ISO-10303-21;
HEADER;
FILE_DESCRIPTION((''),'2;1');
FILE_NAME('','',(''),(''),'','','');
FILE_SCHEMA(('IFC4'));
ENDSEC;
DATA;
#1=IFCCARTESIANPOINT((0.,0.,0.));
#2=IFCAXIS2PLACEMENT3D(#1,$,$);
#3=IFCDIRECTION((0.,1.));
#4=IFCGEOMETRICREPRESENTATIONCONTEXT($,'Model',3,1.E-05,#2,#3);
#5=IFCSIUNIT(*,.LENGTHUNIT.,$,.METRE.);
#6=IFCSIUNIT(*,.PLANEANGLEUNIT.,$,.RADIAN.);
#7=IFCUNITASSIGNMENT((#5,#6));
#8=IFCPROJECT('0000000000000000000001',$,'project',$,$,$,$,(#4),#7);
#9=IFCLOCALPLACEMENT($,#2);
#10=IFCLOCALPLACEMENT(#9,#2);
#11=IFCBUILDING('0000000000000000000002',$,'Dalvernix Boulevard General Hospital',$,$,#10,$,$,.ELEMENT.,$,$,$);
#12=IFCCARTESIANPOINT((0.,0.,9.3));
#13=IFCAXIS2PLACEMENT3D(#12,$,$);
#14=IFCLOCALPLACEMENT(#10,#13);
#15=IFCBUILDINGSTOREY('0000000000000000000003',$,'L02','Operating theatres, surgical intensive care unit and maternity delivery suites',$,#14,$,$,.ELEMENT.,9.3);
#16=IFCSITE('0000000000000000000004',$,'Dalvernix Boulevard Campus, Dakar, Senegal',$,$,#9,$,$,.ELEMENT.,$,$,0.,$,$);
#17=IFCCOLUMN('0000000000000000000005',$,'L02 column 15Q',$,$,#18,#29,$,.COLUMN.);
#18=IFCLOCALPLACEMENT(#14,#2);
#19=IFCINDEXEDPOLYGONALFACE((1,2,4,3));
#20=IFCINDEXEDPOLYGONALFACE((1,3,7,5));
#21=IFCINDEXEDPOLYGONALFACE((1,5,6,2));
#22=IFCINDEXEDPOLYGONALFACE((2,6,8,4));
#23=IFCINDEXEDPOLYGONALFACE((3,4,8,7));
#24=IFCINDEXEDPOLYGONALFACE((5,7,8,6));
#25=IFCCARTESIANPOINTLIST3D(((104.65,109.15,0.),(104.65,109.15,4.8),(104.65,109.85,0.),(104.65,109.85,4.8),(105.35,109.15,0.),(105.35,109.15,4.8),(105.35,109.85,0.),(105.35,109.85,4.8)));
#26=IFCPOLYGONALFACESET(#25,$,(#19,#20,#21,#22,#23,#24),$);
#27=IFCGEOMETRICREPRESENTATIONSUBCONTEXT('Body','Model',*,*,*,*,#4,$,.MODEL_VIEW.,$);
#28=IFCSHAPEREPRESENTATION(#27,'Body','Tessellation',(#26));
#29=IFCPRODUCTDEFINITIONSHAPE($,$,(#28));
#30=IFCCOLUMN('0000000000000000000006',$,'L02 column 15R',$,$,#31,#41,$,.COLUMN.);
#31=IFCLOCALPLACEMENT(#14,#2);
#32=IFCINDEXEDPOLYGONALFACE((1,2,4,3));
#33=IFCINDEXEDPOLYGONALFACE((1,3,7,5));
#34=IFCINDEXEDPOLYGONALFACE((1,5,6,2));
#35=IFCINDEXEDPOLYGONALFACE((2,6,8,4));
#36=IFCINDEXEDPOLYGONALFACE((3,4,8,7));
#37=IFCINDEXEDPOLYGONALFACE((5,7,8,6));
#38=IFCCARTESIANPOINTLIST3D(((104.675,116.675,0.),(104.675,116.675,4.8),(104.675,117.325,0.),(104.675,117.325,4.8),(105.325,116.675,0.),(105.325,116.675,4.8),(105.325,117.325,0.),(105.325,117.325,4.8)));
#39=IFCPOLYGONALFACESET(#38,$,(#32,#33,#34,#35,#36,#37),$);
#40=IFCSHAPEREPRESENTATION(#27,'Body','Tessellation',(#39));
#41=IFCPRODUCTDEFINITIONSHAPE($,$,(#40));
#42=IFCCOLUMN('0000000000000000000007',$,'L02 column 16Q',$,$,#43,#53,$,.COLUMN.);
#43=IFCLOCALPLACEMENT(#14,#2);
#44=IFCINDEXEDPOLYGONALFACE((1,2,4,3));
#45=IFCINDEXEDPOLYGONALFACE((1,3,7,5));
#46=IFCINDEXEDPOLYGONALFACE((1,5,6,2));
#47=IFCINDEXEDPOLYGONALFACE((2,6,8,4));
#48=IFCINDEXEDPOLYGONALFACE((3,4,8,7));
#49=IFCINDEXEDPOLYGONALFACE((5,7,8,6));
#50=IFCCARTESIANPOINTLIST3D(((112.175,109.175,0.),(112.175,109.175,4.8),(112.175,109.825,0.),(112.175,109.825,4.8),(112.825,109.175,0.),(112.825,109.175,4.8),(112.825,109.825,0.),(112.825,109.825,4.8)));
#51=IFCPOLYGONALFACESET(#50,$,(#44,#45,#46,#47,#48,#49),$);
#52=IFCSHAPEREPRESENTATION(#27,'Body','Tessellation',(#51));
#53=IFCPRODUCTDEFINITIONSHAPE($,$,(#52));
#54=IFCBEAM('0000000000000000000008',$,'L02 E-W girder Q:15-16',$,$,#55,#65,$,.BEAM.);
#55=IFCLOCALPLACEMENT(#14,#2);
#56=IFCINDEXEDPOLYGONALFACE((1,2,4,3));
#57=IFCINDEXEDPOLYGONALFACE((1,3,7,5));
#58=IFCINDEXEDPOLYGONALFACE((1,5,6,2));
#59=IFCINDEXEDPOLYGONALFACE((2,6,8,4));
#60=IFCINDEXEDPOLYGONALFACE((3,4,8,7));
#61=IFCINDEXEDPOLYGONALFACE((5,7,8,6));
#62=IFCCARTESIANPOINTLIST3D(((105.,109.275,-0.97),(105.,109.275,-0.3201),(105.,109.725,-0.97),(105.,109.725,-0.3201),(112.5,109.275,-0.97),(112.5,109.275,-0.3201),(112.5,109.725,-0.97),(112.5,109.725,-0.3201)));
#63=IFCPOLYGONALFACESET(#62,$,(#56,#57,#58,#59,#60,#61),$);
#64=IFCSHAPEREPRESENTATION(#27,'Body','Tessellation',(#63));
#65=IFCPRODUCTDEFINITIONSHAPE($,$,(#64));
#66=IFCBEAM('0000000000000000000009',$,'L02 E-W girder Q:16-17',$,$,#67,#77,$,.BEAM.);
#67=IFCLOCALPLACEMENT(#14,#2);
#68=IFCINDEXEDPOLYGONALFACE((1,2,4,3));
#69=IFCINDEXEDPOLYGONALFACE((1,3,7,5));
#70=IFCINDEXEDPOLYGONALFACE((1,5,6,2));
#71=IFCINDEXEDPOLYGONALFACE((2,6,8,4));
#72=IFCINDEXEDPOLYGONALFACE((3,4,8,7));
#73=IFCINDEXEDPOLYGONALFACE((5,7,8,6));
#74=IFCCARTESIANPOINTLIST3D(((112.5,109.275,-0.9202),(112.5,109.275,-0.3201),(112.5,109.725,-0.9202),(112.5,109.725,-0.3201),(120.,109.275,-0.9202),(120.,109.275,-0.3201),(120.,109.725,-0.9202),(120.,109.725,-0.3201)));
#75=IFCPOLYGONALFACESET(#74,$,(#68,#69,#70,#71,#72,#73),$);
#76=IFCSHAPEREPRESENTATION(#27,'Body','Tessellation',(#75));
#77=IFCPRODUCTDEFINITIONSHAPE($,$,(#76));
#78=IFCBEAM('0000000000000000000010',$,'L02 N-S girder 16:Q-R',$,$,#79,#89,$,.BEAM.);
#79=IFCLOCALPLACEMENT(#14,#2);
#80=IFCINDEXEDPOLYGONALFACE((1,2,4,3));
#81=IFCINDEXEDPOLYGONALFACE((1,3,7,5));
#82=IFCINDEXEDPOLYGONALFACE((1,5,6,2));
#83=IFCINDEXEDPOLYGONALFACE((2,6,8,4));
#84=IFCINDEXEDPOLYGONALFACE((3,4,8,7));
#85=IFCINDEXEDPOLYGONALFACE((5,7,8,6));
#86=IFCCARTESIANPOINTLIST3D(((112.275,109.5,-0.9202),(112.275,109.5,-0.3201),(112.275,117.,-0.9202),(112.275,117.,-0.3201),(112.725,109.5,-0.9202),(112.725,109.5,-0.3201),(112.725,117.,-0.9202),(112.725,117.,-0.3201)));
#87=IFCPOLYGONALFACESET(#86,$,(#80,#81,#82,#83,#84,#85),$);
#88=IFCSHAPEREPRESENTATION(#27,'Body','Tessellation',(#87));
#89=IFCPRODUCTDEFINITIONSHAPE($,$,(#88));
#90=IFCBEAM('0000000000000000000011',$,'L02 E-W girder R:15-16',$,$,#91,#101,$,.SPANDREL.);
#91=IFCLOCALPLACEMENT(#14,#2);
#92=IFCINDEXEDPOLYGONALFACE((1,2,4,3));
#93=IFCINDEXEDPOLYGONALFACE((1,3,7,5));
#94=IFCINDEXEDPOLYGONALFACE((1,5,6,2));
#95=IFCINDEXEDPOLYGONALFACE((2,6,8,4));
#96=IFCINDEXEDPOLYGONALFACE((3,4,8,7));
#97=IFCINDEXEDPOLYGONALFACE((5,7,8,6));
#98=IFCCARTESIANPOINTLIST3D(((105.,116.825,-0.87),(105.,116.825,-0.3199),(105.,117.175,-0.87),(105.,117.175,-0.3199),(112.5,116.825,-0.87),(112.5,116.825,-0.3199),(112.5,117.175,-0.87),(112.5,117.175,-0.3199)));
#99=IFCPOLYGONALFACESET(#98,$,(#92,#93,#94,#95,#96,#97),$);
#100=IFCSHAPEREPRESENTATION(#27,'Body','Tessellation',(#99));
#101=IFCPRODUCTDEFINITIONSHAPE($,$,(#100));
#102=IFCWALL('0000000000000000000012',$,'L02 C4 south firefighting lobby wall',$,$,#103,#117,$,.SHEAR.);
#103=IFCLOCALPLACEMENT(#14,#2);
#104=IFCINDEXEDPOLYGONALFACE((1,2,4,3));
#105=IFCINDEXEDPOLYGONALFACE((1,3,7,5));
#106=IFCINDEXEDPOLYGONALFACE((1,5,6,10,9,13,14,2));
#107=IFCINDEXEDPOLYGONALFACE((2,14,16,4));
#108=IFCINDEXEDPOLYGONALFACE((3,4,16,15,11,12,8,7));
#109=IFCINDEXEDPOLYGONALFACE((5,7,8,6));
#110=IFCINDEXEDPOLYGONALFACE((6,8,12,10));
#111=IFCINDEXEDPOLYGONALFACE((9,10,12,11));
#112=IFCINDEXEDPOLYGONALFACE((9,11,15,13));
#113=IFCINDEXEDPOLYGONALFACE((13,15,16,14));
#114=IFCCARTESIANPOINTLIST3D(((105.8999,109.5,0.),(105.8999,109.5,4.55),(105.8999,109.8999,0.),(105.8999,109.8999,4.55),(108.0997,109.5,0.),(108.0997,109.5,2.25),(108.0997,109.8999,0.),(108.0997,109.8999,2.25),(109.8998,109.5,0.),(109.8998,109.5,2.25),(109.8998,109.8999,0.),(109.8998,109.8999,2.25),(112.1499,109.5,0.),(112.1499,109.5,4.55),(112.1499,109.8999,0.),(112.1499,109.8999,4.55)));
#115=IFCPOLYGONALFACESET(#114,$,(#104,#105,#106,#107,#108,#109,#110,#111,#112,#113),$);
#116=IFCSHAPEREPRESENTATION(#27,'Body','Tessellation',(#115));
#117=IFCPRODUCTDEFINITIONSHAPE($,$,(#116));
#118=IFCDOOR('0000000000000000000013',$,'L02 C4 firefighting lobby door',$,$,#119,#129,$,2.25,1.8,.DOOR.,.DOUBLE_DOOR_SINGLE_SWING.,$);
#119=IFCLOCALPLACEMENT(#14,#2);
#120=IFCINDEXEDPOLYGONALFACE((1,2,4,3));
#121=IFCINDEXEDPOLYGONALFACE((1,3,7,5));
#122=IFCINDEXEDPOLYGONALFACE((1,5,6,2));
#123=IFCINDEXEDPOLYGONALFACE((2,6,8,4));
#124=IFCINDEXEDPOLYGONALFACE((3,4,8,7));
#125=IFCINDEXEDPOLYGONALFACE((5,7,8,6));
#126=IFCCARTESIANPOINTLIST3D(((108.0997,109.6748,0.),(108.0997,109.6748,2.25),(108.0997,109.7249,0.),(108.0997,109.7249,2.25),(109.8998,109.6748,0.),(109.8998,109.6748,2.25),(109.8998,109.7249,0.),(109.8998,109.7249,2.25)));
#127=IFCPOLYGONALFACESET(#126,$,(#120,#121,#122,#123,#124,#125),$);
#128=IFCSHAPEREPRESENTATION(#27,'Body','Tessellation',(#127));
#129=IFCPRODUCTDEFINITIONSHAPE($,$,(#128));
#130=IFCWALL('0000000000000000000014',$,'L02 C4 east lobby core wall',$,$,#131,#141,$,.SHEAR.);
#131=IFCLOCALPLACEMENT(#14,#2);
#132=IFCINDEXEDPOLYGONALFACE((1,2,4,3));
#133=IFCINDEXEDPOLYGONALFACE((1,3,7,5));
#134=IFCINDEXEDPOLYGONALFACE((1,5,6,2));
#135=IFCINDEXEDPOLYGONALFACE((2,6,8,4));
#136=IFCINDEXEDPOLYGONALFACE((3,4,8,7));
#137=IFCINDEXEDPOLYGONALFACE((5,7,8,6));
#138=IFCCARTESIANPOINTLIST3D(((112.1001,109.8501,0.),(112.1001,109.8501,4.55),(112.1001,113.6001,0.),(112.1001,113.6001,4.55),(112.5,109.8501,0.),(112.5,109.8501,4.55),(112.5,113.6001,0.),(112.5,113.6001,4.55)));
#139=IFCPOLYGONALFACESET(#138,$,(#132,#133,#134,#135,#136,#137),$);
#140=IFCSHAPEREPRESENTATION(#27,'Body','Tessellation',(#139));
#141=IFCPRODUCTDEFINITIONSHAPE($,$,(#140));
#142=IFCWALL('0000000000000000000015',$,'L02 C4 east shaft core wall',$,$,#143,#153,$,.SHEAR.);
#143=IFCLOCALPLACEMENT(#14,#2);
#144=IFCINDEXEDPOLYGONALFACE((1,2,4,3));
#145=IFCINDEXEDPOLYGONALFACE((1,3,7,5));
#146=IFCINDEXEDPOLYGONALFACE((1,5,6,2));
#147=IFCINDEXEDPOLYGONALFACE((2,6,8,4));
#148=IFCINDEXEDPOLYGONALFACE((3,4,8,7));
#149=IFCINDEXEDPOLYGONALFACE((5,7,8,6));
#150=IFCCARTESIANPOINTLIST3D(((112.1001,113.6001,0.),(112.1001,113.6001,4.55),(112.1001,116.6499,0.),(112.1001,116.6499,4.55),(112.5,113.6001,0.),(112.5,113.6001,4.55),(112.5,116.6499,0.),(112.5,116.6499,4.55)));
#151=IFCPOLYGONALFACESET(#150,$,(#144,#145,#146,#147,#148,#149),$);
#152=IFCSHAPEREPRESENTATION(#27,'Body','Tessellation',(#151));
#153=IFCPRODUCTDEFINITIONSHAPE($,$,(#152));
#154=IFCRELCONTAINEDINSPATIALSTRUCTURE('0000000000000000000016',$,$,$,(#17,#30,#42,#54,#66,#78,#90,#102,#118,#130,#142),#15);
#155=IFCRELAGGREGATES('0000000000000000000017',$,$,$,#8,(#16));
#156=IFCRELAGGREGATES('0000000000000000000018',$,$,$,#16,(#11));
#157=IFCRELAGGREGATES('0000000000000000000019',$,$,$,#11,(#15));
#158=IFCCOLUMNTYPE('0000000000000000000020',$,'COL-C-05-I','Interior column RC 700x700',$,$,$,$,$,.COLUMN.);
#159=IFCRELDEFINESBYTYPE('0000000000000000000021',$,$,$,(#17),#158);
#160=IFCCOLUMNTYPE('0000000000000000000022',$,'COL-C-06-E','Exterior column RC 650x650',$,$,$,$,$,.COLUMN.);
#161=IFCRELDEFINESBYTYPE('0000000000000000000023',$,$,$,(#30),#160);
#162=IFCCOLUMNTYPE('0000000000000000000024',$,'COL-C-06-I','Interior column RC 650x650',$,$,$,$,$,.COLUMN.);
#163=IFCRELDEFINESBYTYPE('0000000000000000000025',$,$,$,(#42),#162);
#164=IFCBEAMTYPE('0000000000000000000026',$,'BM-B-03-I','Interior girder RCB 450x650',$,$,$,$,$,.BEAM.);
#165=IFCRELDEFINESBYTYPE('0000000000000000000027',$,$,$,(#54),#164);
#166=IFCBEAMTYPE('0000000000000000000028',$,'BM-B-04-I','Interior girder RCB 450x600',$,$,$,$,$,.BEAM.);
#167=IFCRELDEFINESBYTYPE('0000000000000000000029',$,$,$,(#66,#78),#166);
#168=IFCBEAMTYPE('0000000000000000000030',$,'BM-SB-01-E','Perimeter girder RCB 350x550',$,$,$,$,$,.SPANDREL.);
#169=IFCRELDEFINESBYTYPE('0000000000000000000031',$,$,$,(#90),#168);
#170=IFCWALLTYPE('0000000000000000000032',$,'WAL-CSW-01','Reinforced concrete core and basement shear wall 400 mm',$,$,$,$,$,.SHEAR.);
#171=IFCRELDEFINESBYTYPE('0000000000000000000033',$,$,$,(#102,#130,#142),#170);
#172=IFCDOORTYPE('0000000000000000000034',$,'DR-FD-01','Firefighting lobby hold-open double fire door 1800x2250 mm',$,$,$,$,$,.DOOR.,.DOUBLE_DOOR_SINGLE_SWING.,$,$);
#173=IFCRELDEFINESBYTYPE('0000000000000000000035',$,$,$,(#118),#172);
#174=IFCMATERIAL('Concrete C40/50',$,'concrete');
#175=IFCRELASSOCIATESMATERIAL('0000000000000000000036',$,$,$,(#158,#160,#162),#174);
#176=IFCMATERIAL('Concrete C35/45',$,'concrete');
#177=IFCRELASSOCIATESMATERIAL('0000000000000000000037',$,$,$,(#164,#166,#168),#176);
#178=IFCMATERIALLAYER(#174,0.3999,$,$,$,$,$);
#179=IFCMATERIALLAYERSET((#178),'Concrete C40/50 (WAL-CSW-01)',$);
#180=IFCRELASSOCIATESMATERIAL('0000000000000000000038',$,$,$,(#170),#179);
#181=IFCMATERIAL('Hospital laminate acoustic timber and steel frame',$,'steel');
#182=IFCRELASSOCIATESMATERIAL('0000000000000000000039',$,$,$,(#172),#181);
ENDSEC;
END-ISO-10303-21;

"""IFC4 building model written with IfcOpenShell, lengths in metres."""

from ifc_helpers import new_model, si_unit, direction, frame, frame_2d, origin, origin_2d, place, context, subcontext, project, spatial, rectangle, extrude, material, layer, layer_set, material_profile, profile_set, type_object, element, fill, save


model = new_model("IFC4")

# Units and contexts
model_context = context("Model", 3, precision=1e-05, world=origin(), true_north=direction((0.0, 1.0)))
body_context = subcontext(model_context, "Body", "Model", "MODEL_VIEW")
ifc_project = project(units=[si_unit("LENGTHUNIT", "METRE"), si_unit("PLANEANGLEUNIT", "RADIAN")], contexts=[model_context])

# Site, building, storey
site_placement = place(None, origin())
site = spatial("IfcSite", under=ifc_project, at=site_placement, Name="Dalvernix Boulevard Campus, Dakar, Senegal", CompositionType="ELEMENT", RefElevation=0.0)
building_placement = place(site_placement, origin())
building = spatial("IfcBuilding", under=site, at=building_placement, Name="Dalvernix Boulevard General Hospital", CompositionType="ELEMENT")
storey_placement = place(building_placement, frame((0.0, 0.0, 9.3)))
storey = spatial("IfcBuildingStorey", under=building, at=storey_placement, Name="L02", Description="Operating theatres, surgical intensive care unit and maternity delivery suites", CompositionType="ELEMENT", Elevation=9.3)

# Columns
ifc_material_1 = material(Name="Concrete C40/50", Category="concrete")
ifc_material_profile_1 = material_profile(ifc_material_1, rectangle(XDim=0.7, YDim=0.7, at=origin_2d()), Name="RC 700x700")
ifc_profile_set_1 = profile_set([ifc_material_profile_1], Name="Concrete C40/50")
column_type_1 = type_object("IfcColumnType", Name="COL-C-05-I", Description="Interior column RC 700x700", PredefinedType="COLUMN", material=ifc_profile_set_1)
column_1_placement = place(storey_placement, frame((105.0, 109.5, 0.0), z_axis=(0.0, 0.0, 1.0), x_axis=(1.0, 0.0, 0.0)))
element("IfcColumn", 1, at=column_1_placement, inside=storey, type_object=column_type_1, Name="L02 column 15Q", PredefinedType="COLUMN", context=body_context, shape_type="SweptSolid", body=[
    extrude(rectangle(XDim=0.7, YDim=0.7, at=origin_2d()), origin(), (0.0, 0.0, 1.0), 4.8),
])
ifc_material_profile_2 = material_profile(ifc_material_1, rectangle(XDim=0.6499, YDim=0.6499, at=origin_2d()), Name="RC 650x650")
ifc_profile_set_2 = profile_set([ifc_material_profile_2], Name="Concrete C40/50")
column_type_2 = type_object("IfcColumnType", Name="COL-C-06-E", Description="Exterior column RC 650x650", PredefinedType="COLUMN", material=ifc_profile_set_2)
column_2_placement = place(storey_placement, frame((105.0, 117.0, 0.0), z_axis=(0.0, 0.0, 1.0), x_axis=(1.0, 0.0, 0.0)))
element("IfcColumn", 2, at=column_2_placement, inside=storey, type_object=column_type_2, Name="L02 column 15R", PredefinedType="COLUMN", context=body_context, shape_type="SweptSolid", body=[
    extrude(rectangle(XDim=0.6499, YDim=0.6499, at=origin_2d()), origin(), (0.0, 0.0, 1.0), 4.8),
])
ifc_material_profile_3 = material_profile(ifc_material_1, rectangle(XDim=0.6499, YDim=0.6499, at=origin_2d()), Name="RC 650x650")
ifc_profile_set_3 = profile_set([ifc_material_profile_3], Name="Concrete C40/50")
column_type_3 = type_object("IfcColumnType", Name="COL-C-06-I", Description="Interior column RC 650x650", PredefinedType="COLUMN", material=ifc_profile_set_3)
column_3_placement = place(storey_placement, frame((112.5, 109.5, 0.0), z_axis=(0.0, 0.0, 1.0), x_axis=(1.0, 0.0, 0.0)))
element("IfcColumn", 3, at=column_3_placement, inside=storey, type_object=column_type_3, Name="L02 column 16Q", PredefinedType="COLUMN", context=body_context, shape_type="SweptSolid", body=[
    extrude(rectangle(XDim=0.6499, YDim=0.6499, at=origin_2d()), origin(), (0.0, 0.0, 1.0), 4.8),
])

# Beams
ifc_material_2 = material(Name="Concrete C35/45", Category="concrete")
ifc_material_profile_4 = material_profile(ifc_material_2, rectangle(XDim=0.45, YDim=0.6499, at=origin_2d()), Name="RCB 450x650")
ifc_profile_set_4 = profile_set([ifc_material_profile_4], Name="Concrete C35/45")
beam_type_1 = type_object("IfcBeamType", Name="BM-B-03-I", Description="Interior girder RCB 450x650", PredefinedType="BEAM", material=ifc_profile_set_4)
beam_1_placement = place(storey_placement, frame((105.0, 109.5, -0.645), z_axis=(1.0, 0.0, 0.0), x_axis=(0.0, 1.0, 0.0)))
element("IfcBeam", 4, at=beam_1_placement, inside=storey, type_object=beam_type_1, Name="L02 E-W girder Q:15-16", PredefinedType="BEAM", context=body_context, shape_type="SweptSolid", body=[
    extrude(rectangle(XDim=0.45, YDim=0.6499, at=origin_2d()), origin(), (0.0, 0.0, 1.0), 7.5),
])
ifc_material_profile_5 = material_profile(ifc_material_2, rectangle(XDim=0.45, YDim=0.6001, at=origin_2d()), Name="RCB 450x600")
ifc_profile_set_5 = profile_set([ifc_material_profile_5], Name="Concrete C35/45")
beam_type_2 = type_object("IfcBeamType", Name="BM-B-04-I", Description="Interior girder RCB 450x600", PredefinedType="BEAM", material=ifc_profile_set_5)
for number, where, z_axis, x_axis, name in (
    (5, (112.5, 109.5, -0.6201), (1.0, 0.0, 0.0), (0.0, 1.0, 0.0), "L02 E-W girder Q:16-17"),
    (6, (112.5, 109.5, -0.6201), (0.0, 1.0, 0.0), (-1.0, 0.0, 0.0), "L02 N-S girder 16:Q-R"),
):
    element("IfcBeam", number, at=place(storey_placement, frame(where, z_axis=z_axis, x_axis=x_axis)), inside=storey, type_object=beam_type_2, Name=name, PredefinedType="BEAM", context=body_context, shape_type="SweptSolid", body=[
        extrude(rectangle(XDim=0.45, YDim=0.6001, at=origin_2d()), origin(), (0.0, 0.0, 1.0), 7.5),
    ])
ifc_material_profile_6 = material_profile(ifc_material_2, rectangle(XDim=0.3501, YDim=0.55, at=origin_2d()), Name="RCB 350x550")
ifc_profile_set_6 = profile_set([ifc_material_profile_6], Name="Concrete C35/45")
beam_type_3 = type_object("IfcBeamType", Name="BM-SB-01-E", Description="Perimeter girder RCB 350x550", PredefinedType="SPANDREL", material=ifc_profile_set_6)
beam_2_placement = place(storey_placement, frame((105.0, 117.0, -0.595), z_axis=(1.0, 0.0, 0.0), x_axis=(0.0, 1.0, 0.0)))
element("IfcBeam", 7, at=beam_2_placement, inside=storey, type_object=beam_type_3, Name="L02 E-W girder R:15-16", PredefinedType="SPANDREL", context=body_context, shape_type="SweptSolid", body=[
    extrude(rectangle(XDim=0.3501, YDim=0.55, at=origin_2d()), origin(), (0.0, 0.0, 1.0), 7.5),
])

# Wall, opening, door
ifc_layer_1 = layer(ifc_material_1, 0.3999)
ifc_layer_set_1 = layer_set([ifc_layer_1], Name="Concrete C40/50 (WAL-CSW-01)")
wall_type_1 = type_object("IfcWallType", Name="WAL-CSW-01", Description="Reinforced concrete core and basement shear wall 400 mm", PredefinedType="SHEAR", material=ifc_layer_set_1)
wall_1_placement = place(storey_placement, frame((105.8999, 109.7, 0.0), z_axis=(0.0, 0.0, 1.0), x_axis=(1.0, 0.0, 0.0)))
wall_1 = element("IfcWall", 8, at=wall_1_placement, inside=storey, type_object=wall_type_1, Name="L02 C4 south firefighting lobby wall", PredefinedType="SHEAR", context=body_context, shape_type="SweptSolid", body=[
    extrude(rectangle(XDim=6.25, YDim=0.3999, at=frame_2d((3.125, 0.0))), origin(), (0.0, 0.0, 1.0), 4.55),
])
opening_1_placement = place(wall_1_placement, frame((2.2, 0.0, 0.0)))
opening_1 = element("IfcOpeningElement", 9, at=opening_1_placement, cuts=wall_1, PredefinedType="OPENING", context=body_context, shape_type="SweptSolid", body=[
    extrude(rectangle(XDim=1.8, YDim=2.25, at=frame_2d((0.8999, 1.125))), frame((0.0, 0.21, 0.0), z_axis=(0.0, -1.0, 0.0), x_axis=(1.0, 0.0, 0.0)), (0.0, 0.0, 1.0), 0.4199),
])
ifc_material_3 = material(Name="Hospital laminate acoustic timber and steel frame", Category="steel")
door_type_1 = type_object("IfcDoorType", Name="DR-FD-01", Description="Firefighting lobby hold-open double fire door 1800x2250 mm", OperationType="DOUBLE_DOOR_SINGLE_SWING", PredefinedType="DOOR", material=ifc_material_3)
door_1_placement = place(opening_1_placement, origin())
door_1 = element("IfcDoor", 10, at=door_1_placement, inside=storey, type_object=door_type_1, Name="L02 C4 firefighting lobby door", OperationType="DOUBLE_DOOR_SINGLE_SWING", OverallHeight=2.25, OverallWidth=1.8, PredefinedType="DOOR", context=body_context, shape_type="SweptSolid", body=[
    extrude(rectangle(XDim=1.8, YDim=2.25, at=frame_2d((0.8999, 1.125))), frame((0.0, 0.0249, 0.0), z_axis=(0.0, -1.0, 0.0), x_axis=(1.0, 0.0, 0.0)), (0.0, 0.0, 1.0), 0.05),
])
fill(opening_1, door_1)

# Walls
wall_2_placement = place(storey_placement, frame((112.3, 109.8501, 0.0), z_axis=(0.0, 0.0, 1.0), x_axis=(0.0, 1.0, 0.0)))
element("IfcWall", 11, at=wall_2_placement, inside=storey, type_object=wall_type_1, Name="L02 C4 east lobby core wall", PredefinedType="SHEAR", context=body_context, shape_type="SweptSolid", body=[
    extrude(rectangle(XDim=3.75, YDim=0.3999, at=frame_2d((1.875, 0.0))), origin(), (0.0, 0.0, 1.0), 4.55),
])
wall_3_placement = place(storey_placement, frame((112.3, 113.6001, 0.0), z_axis=(0.0, 0.0, 1.0), x_axis=(0.0, 1.0, 0.0)))
element("IfcWall", 12, at=wall_3_placement, inside=storey, type_object=wall_type_1, Name="L02 C4 east shaft core wall", PredefinedType="SHEAR", context=body_context, shape_type="SweptSolid", body=[
    extrude(rectangle(XDim=3.0498, YDim=0.3999, at=frame_2d((1.5249, 0.0))), origin(), (0.0, 0.0, 1.0), 4.55),
])

save(model, "model.ifc")
